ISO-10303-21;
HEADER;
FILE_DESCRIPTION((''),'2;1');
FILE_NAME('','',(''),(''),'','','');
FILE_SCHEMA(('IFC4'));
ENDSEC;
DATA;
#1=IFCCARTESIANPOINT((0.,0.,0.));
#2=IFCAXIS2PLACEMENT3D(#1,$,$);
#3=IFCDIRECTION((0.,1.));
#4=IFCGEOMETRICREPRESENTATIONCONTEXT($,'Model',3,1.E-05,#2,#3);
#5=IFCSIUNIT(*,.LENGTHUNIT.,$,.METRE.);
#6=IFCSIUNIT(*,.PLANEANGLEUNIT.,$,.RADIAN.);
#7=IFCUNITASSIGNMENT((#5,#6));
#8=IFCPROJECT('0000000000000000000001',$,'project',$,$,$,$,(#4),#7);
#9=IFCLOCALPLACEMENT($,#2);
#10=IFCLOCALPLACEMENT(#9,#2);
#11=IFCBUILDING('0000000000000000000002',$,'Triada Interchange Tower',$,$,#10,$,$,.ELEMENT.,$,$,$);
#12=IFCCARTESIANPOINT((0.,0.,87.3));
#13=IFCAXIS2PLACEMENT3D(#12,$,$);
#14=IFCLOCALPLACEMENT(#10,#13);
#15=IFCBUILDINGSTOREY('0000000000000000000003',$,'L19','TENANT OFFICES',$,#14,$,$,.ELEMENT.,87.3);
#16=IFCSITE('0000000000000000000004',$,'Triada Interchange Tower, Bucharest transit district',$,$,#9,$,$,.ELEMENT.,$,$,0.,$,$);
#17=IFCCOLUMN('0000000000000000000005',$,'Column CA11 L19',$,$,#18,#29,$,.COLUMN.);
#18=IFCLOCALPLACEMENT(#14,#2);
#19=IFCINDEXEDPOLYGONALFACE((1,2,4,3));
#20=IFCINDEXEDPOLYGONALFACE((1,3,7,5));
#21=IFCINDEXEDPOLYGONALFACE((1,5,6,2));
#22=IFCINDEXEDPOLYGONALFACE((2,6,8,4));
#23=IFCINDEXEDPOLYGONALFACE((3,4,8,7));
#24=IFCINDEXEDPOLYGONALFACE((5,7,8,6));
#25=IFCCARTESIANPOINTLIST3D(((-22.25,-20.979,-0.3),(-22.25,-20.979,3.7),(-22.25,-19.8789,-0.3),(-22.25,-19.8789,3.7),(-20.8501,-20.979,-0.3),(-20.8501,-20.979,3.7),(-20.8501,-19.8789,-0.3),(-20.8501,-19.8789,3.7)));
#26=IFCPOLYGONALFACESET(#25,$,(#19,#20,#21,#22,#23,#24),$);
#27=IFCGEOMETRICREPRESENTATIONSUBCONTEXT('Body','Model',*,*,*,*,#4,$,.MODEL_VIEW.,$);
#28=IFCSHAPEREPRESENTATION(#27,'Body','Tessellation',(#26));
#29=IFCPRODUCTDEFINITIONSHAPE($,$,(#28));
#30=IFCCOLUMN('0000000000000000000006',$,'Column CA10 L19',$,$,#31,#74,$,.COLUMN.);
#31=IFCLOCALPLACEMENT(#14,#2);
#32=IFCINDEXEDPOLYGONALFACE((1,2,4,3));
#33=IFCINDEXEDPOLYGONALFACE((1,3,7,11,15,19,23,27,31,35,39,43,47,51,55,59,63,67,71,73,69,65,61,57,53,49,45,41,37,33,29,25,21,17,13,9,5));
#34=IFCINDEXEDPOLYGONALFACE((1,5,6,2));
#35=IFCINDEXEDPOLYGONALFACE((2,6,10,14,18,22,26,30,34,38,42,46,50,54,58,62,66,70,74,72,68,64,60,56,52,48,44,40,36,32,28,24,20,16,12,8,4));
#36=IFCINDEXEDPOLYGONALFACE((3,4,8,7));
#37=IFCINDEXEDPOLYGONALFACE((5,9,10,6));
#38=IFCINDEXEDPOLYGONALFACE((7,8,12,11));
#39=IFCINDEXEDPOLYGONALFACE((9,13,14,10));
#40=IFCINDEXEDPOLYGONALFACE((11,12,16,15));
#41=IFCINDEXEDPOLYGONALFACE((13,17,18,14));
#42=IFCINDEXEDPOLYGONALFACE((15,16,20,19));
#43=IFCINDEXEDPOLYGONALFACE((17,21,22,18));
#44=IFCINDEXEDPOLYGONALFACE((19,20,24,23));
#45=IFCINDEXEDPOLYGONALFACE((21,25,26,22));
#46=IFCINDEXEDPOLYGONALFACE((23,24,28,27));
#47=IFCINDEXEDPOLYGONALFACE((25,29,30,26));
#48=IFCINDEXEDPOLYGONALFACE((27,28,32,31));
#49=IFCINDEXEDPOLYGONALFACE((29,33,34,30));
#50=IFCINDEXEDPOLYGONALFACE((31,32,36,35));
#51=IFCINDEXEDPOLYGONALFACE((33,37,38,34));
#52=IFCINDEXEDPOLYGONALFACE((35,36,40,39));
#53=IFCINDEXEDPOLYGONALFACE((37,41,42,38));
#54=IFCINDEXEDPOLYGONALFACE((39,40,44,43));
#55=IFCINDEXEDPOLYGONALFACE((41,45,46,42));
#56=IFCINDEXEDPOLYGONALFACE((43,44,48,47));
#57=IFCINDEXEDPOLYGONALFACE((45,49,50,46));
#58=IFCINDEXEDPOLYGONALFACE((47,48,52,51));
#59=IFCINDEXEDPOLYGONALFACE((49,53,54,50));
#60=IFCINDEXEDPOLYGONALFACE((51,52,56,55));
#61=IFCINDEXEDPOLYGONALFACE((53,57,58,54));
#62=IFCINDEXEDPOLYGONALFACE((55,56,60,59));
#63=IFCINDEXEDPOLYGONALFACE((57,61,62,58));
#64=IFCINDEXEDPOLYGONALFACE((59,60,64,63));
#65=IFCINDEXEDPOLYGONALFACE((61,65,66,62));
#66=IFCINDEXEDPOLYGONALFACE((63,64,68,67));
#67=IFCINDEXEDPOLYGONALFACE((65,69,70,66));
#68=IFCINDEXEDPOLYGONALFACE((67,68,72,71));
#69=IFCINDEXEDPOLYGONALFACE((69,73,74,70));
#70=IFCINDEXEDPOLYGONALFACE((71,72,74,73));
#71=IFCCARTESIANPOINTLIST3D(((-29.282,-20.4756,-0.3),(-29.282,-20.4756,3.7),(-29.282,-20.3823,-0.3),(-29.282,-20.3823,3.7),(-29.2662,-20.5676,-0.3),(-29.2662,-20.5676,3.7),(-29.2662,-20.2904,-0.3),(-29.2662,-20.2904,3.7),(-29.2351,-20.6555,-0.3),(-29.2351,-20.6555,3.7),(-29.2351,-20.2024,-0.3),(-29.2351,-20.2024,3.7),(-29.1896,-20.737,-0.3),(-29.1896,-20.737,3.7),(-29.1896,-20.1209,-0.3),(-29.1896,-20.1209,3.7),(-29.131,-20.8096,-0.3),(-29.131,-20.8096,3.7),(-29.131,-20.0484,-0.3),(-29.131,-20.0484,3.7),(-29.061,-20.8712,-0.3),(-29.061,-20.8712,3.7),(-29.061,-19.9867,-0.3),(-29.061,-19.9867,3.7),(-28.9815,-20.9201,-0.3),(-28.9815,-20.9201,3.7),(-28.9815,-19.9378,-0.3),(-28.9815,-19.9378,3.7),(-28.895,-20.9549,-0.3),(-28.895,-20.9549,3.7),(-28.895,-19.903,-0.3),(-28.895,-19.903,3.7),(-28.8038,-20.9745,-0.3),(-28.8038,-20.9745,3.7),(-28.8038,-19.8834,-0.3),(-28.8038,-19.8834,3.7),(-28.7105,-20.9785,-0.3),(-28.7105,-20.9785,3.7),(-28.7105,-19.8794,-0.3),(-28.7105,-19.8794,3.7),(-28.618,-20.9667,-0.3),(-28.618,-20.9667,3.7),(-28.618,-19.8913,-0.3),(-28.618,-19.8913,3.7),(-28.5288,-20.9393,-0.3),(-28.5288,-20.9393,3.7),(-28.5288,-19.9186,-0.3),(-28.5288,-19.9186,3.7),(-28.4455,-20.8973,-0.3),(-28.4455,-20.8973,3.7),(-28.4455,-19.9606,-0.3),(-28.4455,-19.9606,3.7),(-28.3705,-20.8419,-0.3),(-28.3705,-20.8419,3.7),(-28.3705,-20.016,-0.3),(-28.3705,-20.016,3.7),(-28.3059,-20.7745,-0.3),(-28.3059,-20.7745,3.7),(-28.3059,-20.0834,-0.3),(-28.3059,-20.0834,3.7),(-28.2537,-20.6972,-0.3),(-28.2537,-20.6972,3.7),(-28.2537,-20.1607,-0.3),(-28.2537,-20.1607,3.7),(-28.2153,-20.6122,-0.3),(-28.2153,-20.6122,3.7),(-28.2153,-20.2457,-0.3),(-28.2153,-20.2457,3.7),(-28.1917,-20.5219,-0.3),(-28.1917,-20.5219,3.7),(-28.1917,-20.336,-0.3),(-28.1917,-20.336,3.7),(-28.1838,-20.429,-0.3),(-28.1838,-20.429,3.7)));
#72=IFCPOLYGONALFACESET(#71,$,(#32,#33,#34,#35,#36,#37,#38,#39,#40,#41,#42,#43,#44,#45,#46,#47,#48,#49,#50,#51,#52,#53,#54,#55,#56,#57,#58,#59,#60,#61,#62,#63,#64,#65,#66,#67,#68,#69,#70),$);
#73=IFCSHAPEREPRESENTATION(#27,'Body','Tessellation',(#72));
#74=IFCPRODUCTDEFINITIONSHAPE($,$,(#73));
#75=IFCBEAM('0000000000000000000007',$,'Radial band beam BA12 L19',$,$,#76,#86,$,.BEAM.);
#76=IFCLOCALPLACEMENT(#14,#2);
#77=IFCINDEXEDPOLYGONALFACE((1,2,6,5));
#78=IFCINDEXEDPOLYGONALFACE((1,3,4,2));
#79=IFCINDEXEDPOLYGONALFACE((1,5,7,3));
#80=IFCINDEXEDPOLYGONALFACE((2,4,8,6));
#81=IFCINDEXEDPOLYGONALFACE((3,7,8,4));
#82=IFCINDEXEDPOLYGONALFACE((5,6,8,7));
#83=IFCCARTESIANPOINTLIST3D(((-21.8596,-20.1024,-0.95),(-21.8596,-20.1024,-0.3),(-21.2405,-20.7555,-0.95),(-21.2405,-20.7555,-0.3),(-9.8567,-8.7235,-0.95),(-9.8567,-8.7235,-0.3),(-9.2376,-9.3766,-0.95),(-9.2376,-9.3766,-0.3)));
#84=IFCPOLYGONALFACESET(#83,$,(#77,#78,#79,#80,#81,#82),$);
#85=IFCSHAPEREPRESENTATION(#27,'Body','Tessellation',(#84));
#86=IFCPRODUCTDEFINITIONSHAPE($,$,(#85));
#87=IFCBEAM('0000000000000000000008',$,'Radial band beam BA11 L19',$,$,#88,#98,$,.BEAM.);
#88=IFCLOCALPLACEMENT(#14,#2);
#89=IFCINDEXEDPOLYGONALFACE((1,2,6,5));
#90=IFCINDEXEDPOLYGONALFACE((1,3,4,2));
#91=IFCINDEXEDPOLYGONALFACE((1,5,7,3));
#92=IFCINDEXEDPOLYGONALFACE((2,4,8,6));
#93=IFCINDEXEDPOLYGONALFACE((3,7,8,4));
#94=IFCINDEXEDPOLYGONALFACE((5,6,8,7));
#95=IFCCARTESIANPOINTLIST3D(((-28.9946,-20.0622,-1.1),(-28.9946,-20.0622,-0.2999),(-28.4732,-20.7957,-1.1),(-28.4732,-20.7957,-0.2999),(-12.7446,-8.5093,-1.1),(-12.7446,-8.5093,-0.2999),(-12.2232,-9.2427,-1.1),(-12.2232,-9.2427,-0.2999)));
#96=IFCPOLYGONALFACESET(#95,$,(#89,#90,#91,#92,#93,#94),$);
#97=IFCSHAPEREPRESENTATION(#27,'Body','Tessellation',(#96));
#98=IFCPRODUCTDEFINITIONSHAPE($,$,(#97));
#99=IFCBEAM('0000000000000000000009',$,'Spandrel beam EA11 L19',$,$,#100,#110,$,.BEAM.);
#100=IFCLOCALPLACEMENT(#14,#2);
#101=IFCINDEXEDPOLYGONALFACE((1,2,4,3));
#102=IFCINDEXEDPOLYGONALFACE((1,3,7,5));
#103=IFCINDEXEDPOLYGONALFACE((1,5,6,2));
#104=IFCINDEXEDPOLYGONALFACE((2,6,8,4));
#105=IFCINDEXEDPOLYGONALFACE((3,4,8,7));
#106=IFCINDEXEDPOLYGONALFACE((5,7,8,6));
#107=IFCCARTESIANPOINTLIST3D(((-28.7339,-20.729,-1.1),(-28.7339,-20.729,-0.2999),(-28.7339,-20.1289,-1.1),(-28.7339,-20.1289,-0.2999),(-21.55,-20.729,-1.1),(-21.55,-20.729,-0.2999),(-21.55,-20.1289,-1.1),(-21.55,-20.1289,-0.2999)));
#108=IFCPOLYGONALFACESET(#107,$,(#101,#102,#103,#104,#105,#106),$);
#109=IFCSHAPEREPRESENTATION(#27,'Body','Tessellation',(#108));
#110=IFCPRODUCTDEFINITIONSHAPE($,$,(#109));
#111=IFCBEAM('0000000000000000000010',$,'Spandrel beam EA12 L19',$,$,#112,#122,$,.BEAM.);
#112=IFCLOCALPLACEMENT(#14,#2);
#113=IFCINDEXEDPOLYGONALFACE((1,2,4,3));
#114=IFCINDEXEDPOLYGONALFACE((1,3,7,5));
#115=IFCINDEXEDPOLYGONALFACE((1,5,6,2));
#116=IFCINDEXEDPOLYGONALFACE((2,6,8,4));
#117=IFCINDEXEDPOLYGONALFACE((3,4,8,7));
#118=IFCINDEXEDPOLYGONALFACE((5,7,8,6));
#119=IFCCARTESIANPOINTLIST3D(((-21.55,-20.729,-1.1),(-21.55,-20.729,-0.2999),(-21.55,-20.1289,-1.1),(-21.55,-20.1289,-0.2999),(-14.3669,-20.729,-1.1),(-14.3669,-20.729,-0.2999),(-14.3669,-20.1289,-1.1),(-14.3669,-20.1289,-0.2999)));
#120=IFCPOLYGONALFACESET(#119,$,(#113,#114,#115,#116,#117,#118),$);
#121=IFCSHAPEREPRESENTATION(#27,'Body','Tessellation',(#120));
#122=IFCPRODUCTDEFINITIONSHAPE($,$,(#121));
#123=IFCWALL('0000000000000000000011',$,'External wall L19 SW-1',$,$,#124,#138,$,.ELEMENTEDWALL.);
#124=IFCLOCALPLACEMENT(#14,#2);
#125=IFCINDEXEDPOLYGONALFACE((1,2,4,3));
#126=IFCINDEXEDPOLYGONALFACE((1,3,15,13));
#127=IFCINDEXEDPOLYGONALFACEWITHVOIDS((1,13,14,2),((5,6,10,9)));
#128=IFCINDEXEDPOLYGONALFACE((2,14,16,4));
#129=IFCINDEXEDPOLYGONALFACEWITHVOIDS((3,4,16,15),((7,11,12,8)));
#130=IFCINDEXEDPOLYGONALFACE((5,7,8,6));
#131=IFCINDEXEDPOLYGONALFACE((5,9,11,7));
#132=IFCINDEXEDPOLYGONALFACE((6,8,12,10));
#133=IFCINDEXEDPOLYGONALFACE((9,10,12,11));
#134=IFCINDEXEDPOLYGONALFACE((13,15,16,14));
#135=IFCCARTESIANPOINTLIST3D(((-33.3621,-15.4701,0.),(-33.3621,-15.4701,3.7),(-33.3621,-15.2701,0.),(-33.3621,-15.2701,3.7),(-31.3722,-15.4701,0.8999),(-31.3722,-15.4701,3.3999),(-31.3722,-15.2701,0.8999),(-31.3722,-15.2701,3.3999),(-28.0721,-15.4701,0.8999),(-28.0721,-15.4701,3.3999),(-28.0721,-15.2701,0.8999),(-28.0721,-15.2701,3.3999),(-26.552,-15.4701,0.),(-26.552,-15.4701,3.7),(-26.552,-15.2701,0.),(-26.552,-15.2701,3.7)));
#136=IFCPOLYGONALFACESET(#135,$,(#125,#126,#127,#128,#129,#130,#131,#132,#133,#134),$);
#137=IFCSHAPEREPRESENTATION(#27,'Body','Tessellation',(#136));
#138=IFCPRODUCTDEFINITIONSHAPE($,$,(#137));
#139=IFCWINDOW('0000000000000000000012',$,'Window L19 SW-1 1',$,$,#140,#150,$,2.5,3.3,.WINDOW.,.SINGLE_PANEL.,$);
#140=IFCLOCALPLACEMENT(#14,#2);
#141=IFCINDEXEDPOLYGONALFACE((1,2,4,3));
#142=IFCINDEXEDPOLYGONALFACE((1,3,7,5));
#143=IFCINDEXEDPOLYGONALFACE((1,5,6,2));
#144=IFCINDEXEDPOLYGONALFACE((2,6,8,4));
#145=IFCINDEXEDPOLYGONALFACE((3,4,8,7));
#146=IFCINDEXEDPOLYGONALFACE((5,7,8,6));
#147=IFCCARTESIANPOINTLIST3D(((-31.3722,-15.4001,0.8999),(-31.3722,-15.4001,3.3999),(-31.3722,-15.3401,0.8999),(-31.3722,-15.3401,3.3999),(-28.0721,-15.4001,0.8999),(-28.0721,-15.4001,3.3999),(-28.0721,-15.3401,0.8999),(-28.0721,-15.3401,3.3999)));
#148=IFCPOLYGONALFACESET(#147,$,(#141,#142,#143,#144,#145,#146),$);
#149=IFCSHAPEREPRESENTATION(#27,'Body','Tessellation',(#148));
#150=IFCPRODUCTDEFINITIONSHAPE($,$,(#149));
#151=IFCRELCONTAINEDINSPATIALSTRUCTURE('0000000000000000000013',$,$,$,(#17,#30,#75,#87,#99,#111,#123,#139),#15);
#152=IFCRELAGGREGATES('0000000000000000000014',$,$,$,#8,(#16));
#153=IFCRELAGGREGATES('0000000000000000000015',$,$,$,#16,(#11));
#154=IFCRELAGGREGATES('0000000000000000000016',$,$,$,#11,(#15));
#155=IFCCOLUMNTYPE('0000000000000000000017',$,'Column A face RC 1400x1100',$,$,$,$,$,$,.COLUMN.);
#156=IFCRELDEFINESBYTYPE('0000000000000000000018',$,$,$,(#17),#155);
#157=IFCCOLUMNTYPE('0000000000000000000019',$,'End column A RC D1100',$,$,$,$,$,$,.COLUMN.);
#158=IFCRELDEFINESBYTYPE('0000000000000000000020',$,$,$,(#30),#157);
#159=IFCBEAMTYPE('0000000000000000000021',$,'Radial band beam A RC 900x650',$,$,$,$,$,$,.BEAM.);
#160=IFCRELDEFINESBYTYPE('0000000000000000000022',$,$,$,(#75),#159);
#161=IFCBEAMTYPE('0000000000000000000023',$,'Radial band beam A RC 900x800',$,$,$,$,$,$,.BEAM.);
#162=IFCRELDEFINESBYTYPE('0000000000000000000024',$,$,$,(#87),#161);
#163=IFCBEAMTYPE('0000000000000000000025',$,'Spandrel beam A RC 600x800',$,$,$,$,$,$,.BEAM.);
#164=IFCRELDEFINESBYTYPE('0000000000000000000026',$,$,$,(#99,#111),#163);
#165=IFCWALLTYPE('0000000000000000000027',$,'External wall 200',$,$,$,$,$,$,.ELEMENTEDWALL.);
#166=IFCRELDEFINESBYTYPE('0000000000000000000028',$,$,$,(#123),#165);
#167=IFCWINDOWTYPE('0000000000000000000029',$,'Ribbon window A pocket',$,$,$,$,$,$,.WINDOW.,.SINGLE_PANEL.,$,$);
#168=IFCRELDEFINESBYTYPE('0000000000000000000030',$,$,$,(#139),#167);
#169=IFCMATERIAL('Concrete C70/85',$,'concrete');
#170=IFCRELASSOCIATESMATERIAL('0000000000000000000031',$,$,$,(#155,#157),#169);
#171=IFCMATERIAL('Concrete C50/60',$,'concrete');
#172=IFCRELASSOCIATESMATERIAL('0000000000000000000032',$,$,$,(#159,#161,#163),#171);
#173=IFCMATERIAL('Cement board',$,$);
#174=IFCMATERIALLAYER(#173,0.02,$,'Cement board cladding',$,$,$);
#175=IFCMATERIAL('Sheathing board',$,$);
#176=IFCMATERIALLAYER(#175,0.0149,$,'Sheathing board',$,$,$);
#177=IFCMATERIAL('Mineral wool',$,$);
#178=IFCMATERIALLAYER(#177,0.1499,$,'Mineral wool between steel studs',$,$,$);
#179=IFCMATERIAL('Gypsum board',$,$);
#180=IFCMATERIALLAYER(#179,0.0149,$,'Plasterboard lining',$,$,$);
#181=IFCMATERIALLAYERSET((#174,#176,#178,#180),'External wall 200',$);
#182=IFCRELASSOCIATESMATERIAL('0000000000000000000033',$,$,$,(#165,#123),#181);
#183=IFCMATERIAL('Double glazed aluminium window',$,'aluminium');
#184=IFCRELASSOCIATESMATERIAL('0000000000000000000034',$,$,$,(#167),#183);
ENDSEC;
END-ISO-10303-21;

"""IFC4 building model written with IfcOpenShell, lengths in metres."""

from ifc_helpers import new_model, si_unit, direction, frame, frame_2d, origin, origin_2d, place, context, subcontext, project, spatial, rectangle, circle, extrude, material, layer, layer_set, layer_usage, material_profile, profile_set, type_object, element, fill, save


model = new_model("IFC4")

# Units and contexts
model_context = context("Model", 3, precision=1e-05, world=origin(), true_north=direction((0.0, 1.0)))
body_context = subcontext(model_context, "Body", "Model", "MODEL_VIEW")
ifc_project = project(units=[si_unit("LENGTHUNIT", "METRE"), si_unit("PLANEANGLEUNIT", "RADIAN")], contexts=[model_context])

# Site, building, storey
site_placement = place(None, origin())
site = spatial("IfcSite", under=ifc_project, at=site_placement, Name="Triada Interchange Tower, Bucharest transit district", CompositionType="ELEMENT", RefElevation=0.0)
building_placement = place(site_placement, origin())
building = spatial("IfcBuilding", under=site, at=building_placement, Name="Triada Interchange Tower", CompositionType="ELEMENT")
storey_placement = place(building_placement, frame((0.0, 0.0, 87.3)))
storey = spatial("IfcBuildingStorey", under=building, at=storey_placement, Name="L19", Description="TENANT OFFICES", CompositionType="ELEMENT", Elevation=87.3)

# Columns
ifc_material_1 = material(Name="Concrete C70/85", Category="concrete")
ifc_material_profile_1 = material_profile(ifc_material_1, rectangle(XDim=1.3999, YDim=1.1001, at=origin_2d()), Name="RC 1400x1100")
ifc_profile_set_1 = profile_set([ifc_material_profile_1], Name="Concrete C70/85")
column_type_1 = type_object("IfcColumnType", Name="Column A face RC 1400x1100", PredefinedType="COLUMN", material=ifc_profile_set_1)
column_1_placement = place(storey_placement, frame((-21.55, -20.429, -0.3), z_axis=(0.0, 0.0, 1.0), x_axis=(1.0, 0.0, 0.0)))
element("IfcColumn", 1, at=column_1_placement, inside=storey, type_object=column_type_1, Name="Column CA11 L19", PredefinedType="COLUMN", context=body_context, shape_type="SweptSolid", body=[
    extrude(rectangle(XDim=1.3999, YDim=1.1001, at=origin_2d()), origin(), (0.0, 0.0, 1.0), 4.0),
])
ifc_material_profile_2 = material_profile(ifc_material_1, circle(Radius=0.55, at=origin_2d()), Name="RC D1100")
ifc_profile_set_2 = profile_set([ifc_material_profile_2], Name="Concrete C70/85")
column_type_2 = type_object("IfcColumnType", Name="End column A RC D1100", PredefinedType="COLUMN", material=ifc_profile_set_2)
column_2_placement = place(storey_placement, frame((-28.7339, -20.429, -0.3), z_axis=(0.0, 0.0, 1.0), x_axis=(1.0, 0.0, 0.0)))
element("IfcColumn", 2, at=column_2_placement, inside=storey, type_object=column_type_2, Name="Column CA10 L19", PredefinedType="COLUMN", context=body_context, shape_type="SweptSolid", body=[
    extrude(circle(Radius=0.55, at=origin_2d()), origin(), (0.0, 0.0, 1.0), 4.0),
])

# Beams
ifc_material_2 = material(Name="Concrete C50/60", Category="concrete")
ifc_material_profile_3 = material_profile(ifc_material_2, rectangle(XDim=0.8999, YDim=0.6499, at=origin_2d()), Name="RC 900x650")
ifc_profile_set_3 = profile_set([ifc_material_profile_3], Name="Concrete C50/60")
beam_type_1 = type_object("IfcBeamType", Name="Radial band beam A RC 900x650", PredefinedType="BEAM", material=ifc_profile_set_3)
beam_1_placement = place(storey_placement, frame((-21.55, -20.429, -0.625), z_axis=(0.72572, 0.68799, 0.0), x_axis=(-0.68799, 0.72572, 0.0)))
element("IfcBeam", 3, at=beam_1_placement, inside=storey, type_object=beam_type_1, Name="Radial band beam BA12 L19", PredefinedType="BEAM", context=body_context, shape_type="SweptSolid", body=[
    extrude(rectangle(XDim=0.8999, YDim=0.6499, at=origin_2d()), origin(), (0.0, 0.0, 1.0), 16.5393),
])
ifc_material_profile_4 = material_profile(ifc_material_2, rectangle(XDim=0.8999, YDim=0.8, at=origin_2d()), Name="RC 900x800")
ifc_profile_set_4 = profile_set([ifc_material_profile_4], Name="Concrete C50/60")
beam_type_2 = type_object("IfcBeamType", Name="Radial band beam A RC 900x800", PredefinedType="BEAM", material=ifc_profile_set_4)
beam_2_placement = place(storey_placement, frame((-28.7339, -20.429, -0.7), z_axis=(0.815016, 0.579438, 0.0), x_axis=(-0.579438, 0.815016, 0.0)))
element("IfcBeam", 4, at=beam_2_placement, inside=storey, type_object=beam_type_2, Name="Radial band beam BA11 L19", PredefinedType="BEAM", context=body_context, shape_type="SweptSolid", body=[
    extrude(rectangle(XDim=0.8999, YDim=0.8, at=origin_2d()), origin(), (0.0, 0.0, 1.0), 19.9382),
])
ifc_material_profile_5 = material_profile(ifc_material_2, rectangle(XDim=0.6001, YDim=0.8, at=origin_2d()), Name="RC 600x800")
ifc_profile_set_5 = profile_set([ifc_material_profile_5], Name="Concrete C50/60")
beam_type_3 = type_object("IfcBeamType", Name="Spandrel beam A RC 600x800", PredefinedType="BEAM", material=ifc_profile_set_5)
beam_3_placement = place(storey_placement, frame((-28.7339, -20.429, -0.7), z_axis=(1.0, 0.0, 0.0), x_axis=(0.0, 1.0, 0.0)))
element("IfcBeam", 5, at=beam_3_placement, inside=storey, type_object=beam_type_3, Name="Spandrel beam EA11 L19", PredefinedType="BEAM", context=body_context, shape_type="SweptSolid", body=[
    extrude(rectangle(XDim=0.6001, YDim=0.8, at=origin_2d()), origin(), (0.0, 0.0, 1.0), 7.1838),
])
beam_4_placement = place(storey_placement, frame((-21.55, -20.429, -0.7), z_axis=(1.0, 0.0, 0.0), x_axis=(0.0, 1.0, 0.0)))
element("IfcBeam", 6, at=beam_4_placement, inside=storey, type_object=beam_type_3, Name="Spandrel beam EA12 L19", PredefinedType="BEAM", context=body_context, shape_type="SweptSolid", body=[
    extrude(rectangle(XDim=0.6001, YDim=0.8, at=origin_2d()), origin(), (0.0, 0.0, 1.0), 7.1831),
])

# Wall, opening, window
ifc_material_3 = material(Name="Cement board")
ifc_layer_1 = layer(ifc_material_3, 0.02, Name="Cement board cladding")
ifc_material_4 = material(Name="Sheathing board")
ifc_layer_2 = layer(ifc_material_4, 0.0149, Name="Sheathing board")
ifc_material_5 = material(Name="Mineral wool")
ifc_layer_3 = layer(ifc_material_5, 0.1499, Name="Mineral wool between steel studs")
ifc_material_6 = material(Name="Gypsum board")
ifc_layer_4 = layer(ifc_material_6, 0.0149, Name="Plasterboard lining")
ifc_layer_set_1 = layer_set([ifc_layer_1, ifc_layer_2, ifc_layer_3, ifc_layer_4], Name="External wall 200")
ifc_layer_usage = layer_usage(ifc_layer_set_1, "AXIS2", "POSITIVE", -0.1001)
wall_type_1 = type_object("IfcWallType", Name="External wall 200", PredefinedType="ELEMENTEDWALL", material=ifc_layer_set_1)
wall_1_placement = place(storey_placement, frame((-33.3621, -15.3701, 0.0), z_axis=(0.0, 0.0, 1.0), x_axis=(1.0, 0.0, 0.0)))
wall_1 = element("IfcWall", 7, at=wall_1_placement, inside=storey, type_object=wall_type_1, material=ifc_layer_usage, Name="External wall L19 SW-1", PredefinedType="ELEMENTEDWALL", context=body_context, shape_type="SweptSolid", body=[
    extrude(rectangle(XDim=6.8101, YDim=0.2, at=frame_2d((3.405, 0.0))), origin(), (0.0, 0.0, 1.0), 3.7),
])
opening_1_placement = place(wall_1_placement, frame((1.99, 0.0, 0.8999)))
opening_1 = element("IfcOpeningElement", 8, at=opening_1_placement, cuts=wall_1, PredefinedType="OPENING", context=body_context, shape_type="SweptSolid", body=[
    extrude(rectangle(XDim=3.3, YDim=2.5, at=frame_2d((1.6499, 1.25))), frame((0.0, 0.1099, 0.0), z_axis=(0.0, -1.0, 0.0), x_axis=(1.0, 0.0, 0.0)), (0.0, 0.0, 1.0), 0.22),
])
ifc_material_7 = material(Name="Double glazed aluminium window", Category="aluminium")
window_type_1 = type_object("IfcWindowType", Name="Ribbon window A pocket", PartitioningType="SINGLE_PANEL", PredefinedType="WINDOW", material=ifc_material_7)
window_1_placement = place(opening_1_placement, origin())
window_1 = element("IfcWindow", 9, at=window_1_placement, inside=storey, type_object=window_type_1, Name="Window L19 SW-1 1", OverallHeight=2.5, OverallWidth=3.3, PartitioningType="SINGLE_PANEL", PredefinedType="WINDOW", context=body_context, shape_type="SweptSolid", body=[
    extrude(rectangle(XDim=3.3, YDim=2.5, at=frame_2d((1.6499, 1.25))), frame((0.0, 0.03, 0.0), z_axis=(0.0, -1.0, 0.0), x_axis=(1.0, 0.0, 0.0)), (0.0, 0.0, 1.0), 0.0601),
])
fill(opening_1, window_1)

save(model, "model.ifc")
